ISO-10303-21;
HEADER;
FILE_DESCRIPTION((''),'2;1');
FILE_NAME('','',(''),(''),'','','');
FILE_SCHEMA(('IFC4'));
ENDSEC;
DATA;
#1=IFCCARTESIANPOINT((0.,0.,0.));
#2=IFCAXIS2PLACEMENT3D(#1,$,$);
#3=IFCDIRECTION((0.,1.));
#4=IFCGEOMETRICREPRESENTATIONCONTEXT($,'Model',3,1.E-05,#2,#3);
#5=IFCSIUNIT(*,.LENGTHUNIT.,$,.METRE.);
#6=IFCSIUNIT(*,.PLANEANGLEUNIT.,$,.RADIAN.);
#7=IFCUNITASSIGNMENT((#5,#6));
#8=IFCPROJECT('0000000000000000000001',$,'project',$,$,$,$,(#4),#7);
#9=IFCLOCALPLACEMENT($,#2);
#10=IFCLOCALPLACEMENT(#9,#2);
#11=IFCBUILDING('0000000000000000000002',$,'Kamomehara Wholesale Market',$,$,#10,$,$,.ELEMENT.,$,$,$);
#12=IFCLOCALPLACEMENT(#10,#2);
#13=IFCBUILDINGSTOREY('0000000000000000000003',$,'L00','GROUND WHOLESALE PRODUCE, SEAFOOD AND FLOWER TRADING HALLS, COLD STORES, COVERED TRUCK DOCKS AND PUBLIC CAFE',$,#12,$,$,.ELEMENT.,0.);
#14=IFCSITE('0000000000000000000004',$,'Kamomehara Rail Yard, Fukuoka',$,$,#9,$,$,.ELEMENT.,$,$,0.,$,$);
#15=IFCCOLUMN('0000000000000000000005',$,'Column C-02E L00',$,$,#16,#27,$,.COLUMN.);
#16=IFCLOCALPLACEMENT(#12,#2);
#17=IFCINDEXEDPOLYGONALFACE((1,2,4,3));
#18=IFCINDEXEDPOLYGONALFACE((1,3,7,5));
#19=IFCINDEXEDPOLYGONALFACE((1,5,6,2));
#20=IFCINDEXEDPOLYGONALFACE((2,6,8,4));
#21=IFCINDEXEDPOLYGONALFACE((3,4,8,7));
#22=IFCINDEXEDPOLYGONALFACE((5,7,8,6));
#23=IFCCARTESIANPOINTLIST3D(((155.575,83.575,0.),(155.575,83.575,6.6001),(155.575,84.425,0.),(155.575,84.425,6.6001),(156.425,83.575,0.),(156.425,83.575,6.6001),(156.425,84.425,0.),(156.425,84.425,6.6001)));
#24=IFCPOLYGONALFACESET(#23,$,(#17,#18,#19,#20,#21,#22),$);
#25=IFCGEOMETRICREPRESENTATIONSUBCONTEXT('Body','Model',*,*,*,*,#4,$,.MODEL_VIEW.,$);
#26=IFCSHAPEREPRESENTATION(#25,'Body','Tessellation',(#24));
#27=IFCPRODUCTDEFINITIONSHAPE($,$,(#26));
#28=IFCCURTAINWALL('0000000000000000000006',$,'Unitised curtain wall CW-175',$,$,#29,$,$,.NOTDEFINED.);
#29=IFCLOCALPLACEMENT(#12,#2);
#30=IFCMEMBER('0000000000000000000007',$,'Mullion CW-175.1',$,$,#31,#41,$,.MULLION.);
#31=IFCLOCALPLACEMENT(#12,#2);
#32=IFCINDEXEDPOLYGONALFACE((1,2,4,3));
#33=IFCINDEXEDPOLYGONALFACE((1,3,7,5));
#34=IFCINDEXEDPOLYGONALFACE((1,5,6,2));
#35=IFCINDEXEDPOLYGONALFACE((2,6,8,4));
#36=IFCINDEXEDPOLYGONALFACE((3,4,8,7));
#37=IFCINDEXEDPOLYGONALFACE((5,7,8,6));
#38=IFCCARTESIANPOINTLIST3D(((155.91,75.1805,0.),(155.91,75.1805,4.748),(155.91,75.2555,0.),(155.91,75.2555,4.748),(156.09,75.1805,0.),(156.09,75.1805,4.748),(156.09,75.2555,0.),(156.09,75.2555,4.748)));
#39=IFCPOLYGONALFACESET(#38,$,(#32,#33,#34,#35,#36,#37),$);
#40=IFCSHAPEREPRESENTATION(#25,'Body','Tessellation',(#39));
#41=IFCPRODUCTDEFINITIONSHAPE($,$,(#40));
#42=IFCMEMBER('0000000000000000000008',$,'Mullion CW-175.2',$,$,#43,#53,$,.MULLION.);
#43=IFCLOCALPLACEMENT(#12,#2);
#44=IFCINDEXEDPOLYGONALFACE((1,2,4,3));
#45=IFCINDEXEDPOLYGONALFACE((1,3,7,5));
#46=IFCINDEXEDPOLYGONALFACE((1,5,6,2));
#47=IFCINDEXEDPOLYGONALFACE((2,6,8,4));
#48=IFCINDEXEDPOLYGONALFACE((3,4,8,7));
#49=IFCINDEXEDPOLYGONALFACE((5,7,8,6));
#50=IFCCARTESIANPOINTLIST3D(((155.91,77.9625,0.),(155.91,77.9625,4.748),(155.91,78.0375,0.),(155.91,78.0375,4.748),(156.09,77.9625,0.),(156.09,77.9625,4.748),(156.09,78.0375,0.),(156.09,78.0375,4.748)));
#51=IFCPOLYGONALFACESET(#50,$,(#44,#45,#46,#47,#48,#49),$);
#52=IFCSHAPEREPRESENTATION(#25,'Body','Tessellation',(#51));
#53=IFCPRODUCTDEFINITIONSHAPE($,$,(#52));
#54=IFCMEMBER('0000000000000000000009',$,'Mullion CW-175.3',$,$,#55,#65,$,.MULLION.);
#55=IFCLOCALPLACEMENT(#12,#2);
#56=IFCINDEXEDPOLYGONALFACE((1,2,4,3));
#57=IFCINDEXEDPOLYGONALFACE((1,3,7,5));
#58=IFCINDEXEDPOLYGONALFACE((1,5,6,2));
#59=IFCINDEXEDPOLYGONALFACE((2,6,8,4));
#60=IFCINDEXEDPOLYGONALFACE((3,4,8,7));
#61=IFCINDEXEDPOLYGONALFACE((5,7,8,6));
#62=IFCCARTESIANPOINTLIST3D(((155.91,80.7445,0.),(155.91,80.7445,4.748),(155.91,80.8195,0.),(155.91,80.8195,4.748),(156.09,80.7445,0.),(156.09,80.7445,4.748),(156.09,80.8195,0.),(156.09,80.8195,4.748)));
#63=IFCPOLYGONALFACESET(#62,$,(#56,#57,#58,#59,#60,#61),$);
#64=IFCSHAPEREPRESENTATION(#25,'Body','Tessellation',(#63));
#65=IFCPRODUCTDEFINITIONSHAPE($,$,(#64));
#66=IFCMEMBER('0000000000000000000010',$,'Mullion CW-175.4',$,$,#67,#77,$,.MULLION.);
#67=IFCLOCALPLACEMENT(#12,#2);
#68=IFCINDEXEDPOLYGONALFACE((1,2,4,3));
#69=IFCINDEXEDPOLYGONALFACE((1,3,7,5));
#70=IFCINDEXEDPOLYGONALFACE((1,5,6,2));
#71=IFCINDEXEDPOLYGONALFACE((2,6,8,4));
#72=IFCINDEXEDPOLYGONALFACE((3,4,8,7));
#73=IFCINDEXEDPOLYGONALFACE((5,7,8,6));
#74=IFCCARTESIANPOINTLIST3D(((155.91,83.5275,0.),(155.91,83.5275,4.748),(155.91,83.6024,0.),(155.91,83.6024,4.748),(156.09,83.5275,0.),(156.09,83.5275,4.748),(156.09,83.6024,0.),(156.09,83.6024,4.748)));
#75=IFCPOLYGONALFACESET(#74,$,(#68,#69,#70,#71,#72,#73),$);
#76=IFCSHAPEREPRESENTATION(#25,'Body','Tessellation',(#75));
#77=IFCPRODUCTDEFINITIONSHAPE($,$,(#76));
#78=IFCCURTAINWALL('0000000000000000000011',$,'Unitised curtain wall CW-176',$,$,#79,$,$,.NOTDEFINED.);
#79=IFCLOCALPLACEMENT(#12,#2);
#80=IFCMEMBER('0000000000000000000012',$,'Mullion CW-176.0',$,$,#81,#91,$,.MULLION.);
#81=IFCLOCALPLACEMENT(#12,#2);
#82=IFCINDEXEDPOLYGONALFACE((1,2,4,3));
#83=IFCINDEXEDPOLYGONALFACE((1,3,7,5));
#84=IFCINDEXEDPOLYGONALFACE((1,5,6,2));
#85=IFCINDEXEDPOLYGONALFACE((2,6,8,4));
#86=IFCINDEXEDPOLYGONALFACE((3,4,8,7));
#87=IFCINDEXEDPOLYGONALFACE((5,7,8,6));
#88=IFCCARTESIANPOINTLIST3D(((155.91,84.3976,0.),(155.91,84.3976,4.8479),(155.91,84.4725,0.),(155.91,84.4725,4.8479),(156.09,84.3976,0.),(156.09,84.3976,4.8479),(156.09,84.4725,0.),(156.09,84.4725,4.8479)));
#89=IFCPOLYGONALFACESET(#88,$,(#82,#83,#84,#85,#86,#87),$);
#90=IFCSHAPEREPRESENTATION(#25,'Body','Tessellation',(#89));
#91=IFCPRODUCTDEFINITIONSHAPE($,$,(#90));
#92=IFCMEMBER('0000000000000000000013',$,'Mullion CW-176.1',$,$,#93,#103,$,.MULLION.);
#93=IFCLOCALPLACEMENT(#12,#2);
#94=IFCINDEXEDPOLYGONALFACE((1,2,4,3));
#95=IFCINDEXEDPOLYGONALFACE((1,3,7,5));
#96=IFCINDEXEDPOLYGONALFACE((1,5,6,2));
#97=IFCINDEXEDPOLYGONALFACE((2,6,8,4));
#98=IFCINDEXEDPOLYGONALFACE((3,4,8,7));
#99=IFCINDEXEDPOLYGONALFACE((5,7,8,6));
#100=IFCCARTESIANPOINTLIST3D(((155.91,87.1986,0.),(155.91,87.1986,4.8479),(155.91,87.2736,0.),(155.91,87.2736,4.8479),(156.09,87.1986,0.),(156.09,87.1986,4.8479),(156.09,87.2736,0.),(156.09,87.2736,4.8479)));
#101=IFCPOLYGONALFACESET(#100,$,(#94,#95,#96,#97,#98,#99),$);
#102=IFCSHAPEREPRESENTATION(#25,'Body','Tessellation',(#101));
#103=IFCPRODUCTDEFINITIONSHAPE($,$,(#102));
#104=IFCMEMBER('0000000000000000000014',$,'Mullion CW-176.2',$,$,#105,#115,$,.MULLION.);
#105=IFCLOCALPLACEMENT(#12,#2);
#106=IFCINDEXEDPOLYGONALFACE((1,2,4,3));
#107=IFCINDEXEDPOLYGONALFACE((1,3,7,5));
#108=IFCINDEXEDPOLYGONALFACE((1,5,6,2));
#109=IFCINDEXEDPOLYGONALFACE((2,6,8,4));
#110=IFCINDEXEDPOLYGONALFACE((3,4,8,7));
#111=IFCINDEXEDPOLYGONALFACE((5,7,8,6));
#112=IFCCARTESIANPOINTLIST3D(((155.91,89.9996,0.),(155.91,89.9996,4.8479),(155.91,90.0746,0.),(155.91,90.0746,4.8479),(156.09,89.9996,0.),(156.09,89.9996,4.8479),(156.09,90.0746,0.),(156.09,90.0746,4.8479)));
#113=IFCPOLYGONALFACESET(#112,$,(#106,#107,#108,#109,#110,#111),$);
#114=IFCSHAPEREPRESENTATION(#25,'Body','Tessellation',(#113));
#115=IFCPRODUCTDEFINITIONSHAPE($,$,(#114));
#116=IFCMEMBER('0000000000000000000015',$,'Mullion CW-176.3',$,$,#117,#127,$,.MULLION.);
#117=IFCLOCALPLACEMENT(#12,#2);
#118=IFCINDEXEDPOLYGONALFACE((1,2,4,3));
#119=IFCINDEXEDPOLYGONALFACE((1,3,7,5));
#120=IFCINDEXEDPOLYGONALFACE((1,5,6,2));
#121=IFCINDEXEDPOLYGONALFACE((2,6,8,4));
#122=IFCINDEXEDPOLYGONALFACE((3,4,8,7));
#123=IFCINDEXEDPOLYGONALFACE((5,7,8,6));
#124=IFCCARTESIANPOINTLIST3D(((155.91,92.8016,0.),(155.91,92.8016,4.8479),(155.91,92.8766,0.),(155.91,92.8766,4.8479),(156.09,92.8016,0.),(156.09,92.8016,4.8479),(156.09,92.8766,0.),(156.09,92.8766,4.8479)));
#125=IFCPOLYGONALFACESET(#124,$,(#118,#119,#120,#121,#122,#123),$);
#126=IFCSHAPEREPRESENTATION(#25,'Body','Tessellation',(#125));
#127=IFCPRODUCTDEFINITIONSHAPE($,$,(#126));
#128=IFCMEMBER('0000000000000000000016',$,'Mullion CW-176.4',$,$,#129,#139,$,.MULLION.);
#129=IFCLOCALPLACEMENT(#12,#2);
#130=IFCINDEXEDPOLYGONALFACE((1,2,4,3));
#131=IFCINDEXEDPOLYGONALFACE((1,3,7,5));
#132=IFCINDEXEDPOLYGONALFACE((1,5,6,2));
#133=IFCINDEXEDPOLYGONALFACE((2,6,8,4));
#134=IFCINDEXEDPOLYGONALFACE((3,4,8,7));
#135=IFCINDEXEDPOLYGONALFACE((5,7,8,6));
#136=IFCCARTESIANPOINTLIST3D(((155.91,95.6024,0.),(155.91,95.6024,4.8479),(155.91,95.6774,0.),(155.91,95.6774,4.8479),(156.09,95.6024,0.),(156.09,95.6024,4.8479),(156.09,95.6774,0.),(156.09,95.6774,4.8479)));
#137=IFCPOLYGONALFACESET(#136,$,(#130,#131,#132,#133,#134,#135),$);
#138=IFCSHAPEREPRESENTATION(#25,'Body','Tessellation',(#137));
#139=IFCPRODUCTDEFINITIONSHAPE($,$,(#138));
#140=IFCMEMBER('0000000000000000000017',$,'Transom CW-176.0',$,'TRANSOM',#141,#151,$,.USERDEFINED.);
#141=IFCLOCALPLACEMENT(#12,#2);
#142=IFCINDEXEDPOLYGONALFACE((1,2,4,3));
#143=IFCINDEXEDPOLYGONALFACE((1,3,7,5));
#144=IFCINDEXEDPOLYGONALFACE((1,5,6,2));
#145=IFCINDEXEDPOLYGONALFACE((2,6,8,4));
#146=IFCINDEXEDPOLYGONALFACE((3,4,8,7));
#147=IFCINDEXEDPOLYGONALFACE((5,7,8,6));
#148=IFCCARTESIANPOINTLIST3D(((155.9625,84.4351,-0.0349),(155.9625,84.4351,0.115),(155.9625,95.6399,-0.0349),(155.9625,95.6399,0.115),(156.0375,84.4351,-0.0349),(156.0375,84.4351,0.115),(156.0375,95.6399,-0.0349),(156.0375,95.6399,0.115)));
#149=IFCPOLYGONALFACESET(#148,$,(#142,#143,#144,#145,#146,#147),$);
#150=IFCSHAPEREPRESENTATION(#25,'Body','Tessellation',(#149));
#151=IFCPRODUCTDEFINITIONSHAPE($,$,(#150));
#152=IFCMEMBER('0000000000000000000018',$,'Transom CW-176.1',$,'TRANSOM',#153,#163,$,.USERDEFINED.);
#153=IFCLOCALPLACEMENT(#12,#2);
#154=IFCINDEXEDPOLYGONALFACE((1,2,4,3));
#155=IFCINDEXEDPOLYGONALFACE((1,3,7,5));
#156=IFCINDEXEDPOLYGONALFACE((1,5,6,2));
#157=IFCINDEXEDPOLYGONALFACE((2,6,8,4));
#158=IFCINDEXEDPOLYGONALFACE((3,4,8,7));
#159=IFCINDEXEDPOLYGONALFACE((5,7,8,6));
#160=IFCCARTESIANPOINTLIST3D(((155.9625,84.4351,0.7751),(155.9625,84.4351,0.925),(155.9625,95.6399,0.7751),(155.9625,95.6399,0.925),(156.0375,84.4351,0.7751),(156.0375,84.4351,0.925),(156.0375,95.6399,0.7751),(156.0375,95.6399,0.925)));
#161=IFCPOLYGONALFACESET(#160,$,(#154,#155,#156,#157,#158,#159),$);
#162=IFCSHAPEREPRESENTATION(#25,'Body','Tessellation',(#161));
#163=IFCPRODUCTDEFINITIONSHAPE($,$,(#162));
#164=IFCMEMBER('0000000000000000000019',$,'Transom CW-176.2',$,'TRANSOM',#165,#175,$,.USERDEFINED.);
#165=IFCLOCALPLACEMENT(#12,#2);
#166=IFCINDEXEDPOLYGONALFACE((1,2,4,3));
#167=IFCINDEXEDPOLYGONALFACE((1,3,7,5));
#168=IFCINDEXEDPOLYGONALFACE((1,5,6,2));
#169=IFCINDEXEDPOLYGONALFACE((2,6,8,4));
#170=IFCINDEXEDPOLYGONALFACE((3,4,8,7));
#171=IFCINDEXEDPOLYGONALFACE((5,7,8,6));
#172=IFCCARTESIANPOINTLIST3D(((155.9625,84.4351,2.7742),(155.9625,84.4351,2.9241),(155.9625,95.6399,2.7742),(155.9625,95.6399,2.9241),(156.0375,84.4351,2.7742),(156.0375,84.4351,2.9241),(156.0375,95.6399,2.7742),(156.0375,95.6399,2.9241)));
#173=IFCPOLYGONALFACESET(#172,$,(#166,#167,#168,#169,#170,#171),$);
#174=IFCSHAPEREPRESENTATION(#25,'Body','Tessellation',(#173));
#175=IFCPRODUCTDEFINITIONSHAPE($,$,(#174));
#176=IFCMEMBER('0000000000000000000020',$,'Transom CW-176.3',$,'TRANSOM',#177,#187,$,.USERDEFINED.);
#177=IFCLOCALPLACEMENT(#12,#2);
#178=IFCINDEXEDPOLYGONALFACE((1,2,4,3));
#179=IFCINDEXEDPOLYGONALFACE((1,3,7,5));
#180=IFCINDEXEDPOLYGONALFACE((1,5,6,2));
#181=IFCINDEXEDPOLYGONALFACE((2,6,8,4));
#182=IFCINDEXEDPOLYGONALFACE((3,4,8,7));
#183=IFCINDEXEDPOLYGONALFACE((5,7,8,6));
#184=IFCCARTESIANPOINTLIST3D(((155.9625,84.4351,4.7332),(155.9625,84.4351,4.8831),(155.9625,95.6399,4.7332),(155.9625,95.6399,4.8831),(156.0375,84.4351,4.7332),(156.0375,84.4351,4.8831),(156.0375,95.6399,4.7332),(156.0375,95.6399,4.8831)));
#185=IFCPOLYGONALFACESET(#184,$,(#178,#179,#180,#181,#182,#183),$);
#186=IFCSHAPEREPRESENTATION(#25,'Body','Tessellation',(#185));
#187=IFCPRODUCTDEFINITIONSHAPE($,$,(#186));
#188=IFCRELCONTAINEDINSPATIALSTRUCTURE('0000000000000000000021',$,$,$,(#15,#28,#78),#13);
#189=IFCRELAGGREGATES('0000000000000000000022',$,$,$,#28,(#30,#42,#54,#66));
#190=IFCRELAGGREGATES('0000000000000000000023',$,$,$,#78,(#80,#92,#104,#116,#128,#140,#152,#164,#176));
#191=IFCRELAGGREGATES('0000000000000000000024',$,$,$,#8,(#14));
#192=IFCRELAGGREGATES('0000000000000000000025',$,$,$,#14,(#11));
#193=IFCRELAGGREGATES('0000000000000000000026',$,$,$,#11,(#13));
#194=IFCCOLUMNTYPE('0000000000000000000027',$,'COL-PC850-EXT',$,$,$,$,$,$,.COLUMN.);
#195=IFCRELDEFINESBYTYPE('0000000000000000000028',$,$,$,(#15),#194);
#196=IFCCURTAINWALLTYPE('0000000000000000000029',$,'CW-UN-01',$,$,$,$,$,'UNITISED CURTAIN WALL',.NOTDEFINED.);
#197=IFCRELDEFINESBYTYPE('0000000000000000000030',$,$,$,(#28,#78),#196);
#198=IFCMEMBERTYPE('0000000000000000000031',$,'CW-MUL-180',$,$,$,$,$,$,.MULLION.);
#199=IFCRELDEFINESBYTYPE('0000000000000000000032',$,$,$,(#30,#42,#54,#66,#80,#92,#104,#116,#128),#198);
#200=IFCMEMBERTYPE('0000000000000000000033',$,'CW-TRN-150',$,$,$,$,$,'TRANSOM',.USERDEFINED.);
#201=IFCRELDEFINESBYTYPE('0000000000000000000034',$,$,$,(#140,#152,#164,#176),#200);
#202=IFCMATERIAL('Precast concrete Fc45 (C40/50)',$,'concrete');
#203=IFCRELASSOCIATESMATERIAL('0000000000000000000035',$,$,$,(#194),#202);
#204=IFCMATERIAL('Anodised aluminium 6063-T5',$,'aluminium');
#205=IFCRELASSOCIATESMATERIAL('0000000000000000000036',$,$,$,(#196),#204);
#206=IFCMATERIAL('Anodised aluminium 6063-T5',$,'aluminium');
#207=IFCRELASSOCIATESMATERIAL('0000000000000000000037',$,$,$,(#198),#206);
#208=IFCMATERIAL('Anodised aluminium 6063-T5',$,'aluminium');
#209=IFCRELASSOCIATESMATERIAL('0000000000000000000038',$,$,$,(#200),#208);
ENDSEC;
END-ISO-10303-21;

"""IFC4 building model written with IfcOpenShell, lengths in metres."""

from ifc_helpers import new_model, si_unit, direction, frame, origin, origin_2d, place, context, subcontext, project, spatial, rectangle, extrude, material, material_profile, profile_set, type_object, element, aggregate, save


model = new_model("IFC4")

# Units and contexts
model_context = context("Model", 3, precision=1e-05, world=origin(), true_north=direction((0.0, 1.0)))
body_context = subcontext(model_context, "Body", "Model", "MODEL_VIEW")
ifc_project = project(units=[si_unit("LENGTHUNIT", "METRE"), si_unit("PLANEANGLEUNIT", "RADIAN")], contexts=[model_context])

# Site, building, storey
site_placement = place(None, origin())
site = spatial("IfcSite", under=ifc_project, at=site_placement, Name="Kamomehara Rail Yard, Fukuoka", CompositionType="ELEMENT", RefElevation=0.0)
building_placement = place(site_placement, origin())
building = spatial("IfcBuilding", under=site, at=building_placement, Name="Kamomehara Wholesale Market", CompositionType="ELEMENT")
storey_placement = place(building_placement, origin())
storey = spatial("IfcBuildingStorey", under=building, at=storey_placement, Name="L00", Description="GROUND WHOLESALE PRODUCE, SEAFOOD AND FLOWER TRADING HALLS, COLD STORES, COVERED TRUCK DOCKS AND PUBLIC CAFE", CompositionType="ELEMENT", Elevation=0.0)

# Column
ifc_material_1 = material(Name="Precast concrete Fc45 (C40/50)", Category="concrete")
ifc_material_profile_1 = material_profile(ifc_material_1, rectangle(XDim=0.8501, YDim=0.8501, at=origin_2d()), Name="PC-COL-850x850")
ifc_profile_set_1 = profile_set([ifc_material_profile_1], Name="Precast concrete Fc45 (C40/50)")
column_type = type_object("IfcColumnType", Name="COL-PC850-EXT", PredefinedType="COLUMN", material=ifc_profile_set_1)
column_placement = place(storey_placement, frame((156.0, 84.0, 0.0), z_axis=(0.0, 0.0, 1.0), x_axis=(1.0, 0.0, 0.0)))
element("IfcColumn", 1, at=column_placement, inside=storey, type_object=column_type, Name="Column C-02E L00", PredefinedType="COLUMN", context=body_context, shape_type="SweptSolid", body=[
    extrude(rectangle(XDim=0.8501, YDim=0.8501, at=origin_2d()), origin(), (0.0, 0.0, 1.0), 6.6001),
])

# Curtain walls, members
ifc_material_2 = material(Name="Anodised aluminium 6063-T5", Category="aluminium")
curtain_wall_type = type_object("IfcCurtainWallType", Name="CW-UN-01", ElementType="UNITISED CURTAIN WALL", PredefinedType="NOTDEFINED", material=ifc_material_2)
curtain_wall_1_placement = place(storey_placement, origin())
curtain_wall_1 = element("IfcCurtainWall", 2, at=curtain_wall_1_placement, inside=storey, type_object=curtain_wall_type, Name="Unitised curtain wall CW-175", PredefinedType="NOTDEFINED")
ifc_material_3 = material(Name="Anodised aluminium 6063-T5", Category="aluminium")
ifc_material_profile_2 = material_profile(ifc_material_3, rectangle(XDim=0.075, YDim=0.1799, at=origin_2d()), Name="ALU-MUL-75x180")
ifc_profile_set_2 = profile_set([ifc_material_profile_2], Name="Anodised aluminium 6063-T5")
member_type_1 = type_object("IfcMemberType", Name="CW-MUL-180", PredefinedType="MULLION", material=ifc_profile_set_2)
member_1_placement = place(storey_placement, frame((156.0, 75.218, 0.0), z_axis=(0.0, 0.0, 1.0), x_axis=(0.0, 1.0, 0.0)))
member_1 = element("IfcMember", 3, at=member_1_placement, type_object=member_type_1, Name="Mullion CW-175.1", PredefinedType="MULLION", context=body_context, shape_type="SweptSolid", body=[
    extrude(rectangle(XDim=0.075, YDim=0.1799, at=origin_2d()), origin(), (0.0, 0.0, 1.0), 4.748),
])
member_2_placement = place(storey_placement, frame((156.0, 78.0, 0.0), z_axis=(0.0, 0.0, 1.0), x_axis=(0.0, 1.0, 0.0)))
member_2 = element("IfcMember", 4, at=member_2_placement, type_object=member_type_1, Name="Mullion CW-175.2", PredefinedType="MULLION", context=body_context, shape_type="SweptSolid", body=[
    extrude(rectangle(XDim=0.075, YDim=0.1799, at=origin_2d()), origin(), (0.0, 0.0, 1.0), 4.748),
])
member_3_placement = place(storey_placement, frame((156.0, 80.782, 0.0), z_axis=(0.0, 0.0, 1.0), x_axis=(0.0, 1.0, 0.0)))
member_3 = element("IfcMember", 5, at=member_3_placement, type_object=member_type_1, Name="Mullion CW-175.3", PredefinedType="MULLION", context=body_context, shape_type="SweptSolid", body=[
    extrude(rectangle(XDim=0.075, YDim=0.1799, at=origin_2d()), origin(), (0.0, 0.0, 1.0), 4.748),
])
member_4_placement = place(storey_placement, frame((156.0, 83.5649, 0.0), z_axis=(0.0, 0.0, 1.0), x_axis=(0.0, 1.0, 0.0)))
member_4 = element("IfcMember", 6, at=member_4_placement, type_object=member_type_1, Name="Mullion CW-175.4", PredefinedType="MULLION", context=body_context, shape_type="SweptSolid", body=[
    extrude(rectangle(XDim=0.075, YDim=0.1799, at=origin_2d()), origin(), (0.0, 0.0, 1.0), 4.748),
])
aggregate(curtain_wall_1, [member_1, member_2, member_3, member_4])
curtain_wall_2_placement = place(storey_placement, origin())
curtain_wall_2 = element("IfcCurtainWall", 7, at=curtain_wall_2_placement, inside=storey, type_object=curtain_wall_type, Name="Unitised curtain wall CW-176", PredefinedType="NOTDEFINED")
member_5_placement = place(storey_placement, frame((156.0, 84.4351, 0.0), z_axis=(0.0, 0.0, 1.0), x_axis=(0.0, 1.0, 0.0)))
member_5 = element("IfcMember", 8, at=member_5_placement, type_object=member_type_1, Name="Mullion CW-176.0", PredefinedType="MULLION", context=body_context, shape_type="SweptSolid", body=[
    extrude(rectangle(XDim=0.075, YDim=0.1799, at=origin_2d()), origin(), (0.0, 0.0, 1.0), 4.8479),
])
member_6_placement = place(storey_placement, frame((156.0, 87.2361, 0.0), z_axis=(0.0, 0.0, 1.0), x_axis=(0.0, 1.0, 0.0)))
member_6 = element("IfcMember", 9, at=member_6_placement, type_object=member_type_1, Name="Mullion CW-176.1", PredefinedType="MULLION", context=body_context, shape_type="SweptSolid", body=[
    extrude(rectangle(XDim=0.075, YDim=0.1799, at=origin_2d()), origin(), (0.0, 0.0, 1.0), 4.8479),
])
member_7_placement = place(storey_placement, frame((156.0, 90.0371, 0.0), z_axis=(0.0, 0.0, 1.0), x_axis=(0.0, 1.0, 0.0)))
member_7 = element("IfcMember", 10, at=member_7_placement, type_object=member_type_1, Name="Mullion CW-176.2", PredefinedType="MULLION", context=body_context, shape_type="SweptSolid", body=[
    extrude(rectangle(XDim=0.075, YDim=0.1799, at=origin_2d()), origin(), (0.0, 0.0, 1.0), 4.8479),
])
member_8_placement = place(storey_placement, frame((156.0, 92.8391, 0.0), z_axis=(0.0, 0.0, 1.0), x_axis=(0.0, 1.0, 0.0)))
member_8 = element("IfcMember", 11, at=member_8_placement, type_object=member_type_1, Name="Mullion CW-176.3", PredefinedType="MULLION", context=body_context, shape_type="SweptSolid", body=[
    extrude(rectangle(XDim=0.075, YDim=0.1799, at=origin_2d()), origin(), (0.0, 0.0, 1.0), 4.8479),
])
member_9_placement = place(storey_placement, frame((156.0, 95.6399, 0.0), z_axis=(0.0, 0.0, 1.0), x_axis=(0.0, 1.0, 0.0)))
member_9 = element("IfcMember", 12, at=member_9_placement, type_object=member_type_1, Name="Mullion CW-176.4", PredefinedType="MULLION", context=body_context, shape_type="SweptSolid", body=[
    extrude(rectangle(XDim=0.075, YDim=0.1799, at=origin_2d()), origin(), (0.0, 0.0, 1.0), 4.8479),
])
ifc_material_4 = material(Name="Anodised aluminium 6063-T5", Category="aluminium")
ifc_material_profile_3 = material_profile(ifc_material_4, rectangle(XDim=0.075, YDim=0.1499, at=origin_2d()), Name="ALU-TRN-75x150")
ifc_profile_set_3 = profile_set([ifc_material_profile_3], Name="Anodised aluminium 6063-T5")
member_type_2 = type_object("IfcMemberType", Name="CW-TRN-150", ElementType="TRANSOM", PredefinedType="USERDEFINED", material=ifc_profile_set_3)
member_10_placement = place(storey_placement, frame((156.0, 84.4351, 0.04), z_axis=(0.0, 1.0, 0.0), x_axis=(-1.0, 0.0, 0.0)))
member_10 = element("IfcMember", 13, at=member_10_placement, type_object=member_type_2, Name="Transom CW-176.0", ObjectType="TRANSOM", PredefinedType="USERDEFINED", context=body_context, shape_type="SweptSolid", body=[
    extrude(rectangle(XDim=0.075, YDim=0.1499, at=origin_2d()), origin(), (0.0, 0.0, 1.0), 11.2048),
])
member_11_placement = place(storey_placement, frame((156.0, 84.4351, 0.8501), z_axis=(0.0, 1.0, 0.0), x_axis=(-1.0, 0.0, 0.0)))
member_11 = element("IfcMember", 14, at=member_11_placement, type_object=member_type_2, Name="Transom CW-176.1", ObjectType="TRANSOM", PredefinedType="USERDEFINED", context=body_context, shape_type="SweptSolid", body=[
    extrude(rectangle(XDim=0.075, YDim=0.1499, at=origin_2d()), origin(), (0.0, 0.0, 1.0), 11.2048),
])
member_12_placement = place(storey_placement, frame((156.0, 84.4351, 2.8491), z_axis=(0.0, 1.0, 0.0), x_axis=(-1.0, 0.0, 0.0)))
member_12 = element("IfcMember", 15, at=member_12_placement, type_object=member_type_2, Name="Transom CW-176.2", ObjectType="TRANSOM", PredefinedType="USERDEFINED", context=body_context, shape_type="SweptSolid", body=[
    extrude(rectangle(XDim=0.075, YDim=0.1499, at=origin_2d()), origin(), (0.0, 0.0, 1.0), 11.2048),
])
member_13_placement = place(storey_placement, frame((156.0, 84.4351, 4.8081), z_axis=(0.0, 1.0, 0.0), x_axis=(-1.0, 0.0, 0.0)))
member_13 = element("IfcMember", 16, at=member_13_placement, type_object=member_type_2, Name="Transom CW-176.3", ObjectType="TRANSOM", PredefinedType="USERDEFINED", context=body_context, shape_type="SweptSolid", body=[
    extrude(rectangle(XDim=0.075, YDim=0.1499, at=origin_2d()), origin(), (0.0, 0.0, 1.0), 11.2048),
])
aggregate(curtain_wall_2, [member_5, member_6, member_7, member_8, member_9, member_10, member_11, member_12, member_13])

save(model, "model.ifc")
